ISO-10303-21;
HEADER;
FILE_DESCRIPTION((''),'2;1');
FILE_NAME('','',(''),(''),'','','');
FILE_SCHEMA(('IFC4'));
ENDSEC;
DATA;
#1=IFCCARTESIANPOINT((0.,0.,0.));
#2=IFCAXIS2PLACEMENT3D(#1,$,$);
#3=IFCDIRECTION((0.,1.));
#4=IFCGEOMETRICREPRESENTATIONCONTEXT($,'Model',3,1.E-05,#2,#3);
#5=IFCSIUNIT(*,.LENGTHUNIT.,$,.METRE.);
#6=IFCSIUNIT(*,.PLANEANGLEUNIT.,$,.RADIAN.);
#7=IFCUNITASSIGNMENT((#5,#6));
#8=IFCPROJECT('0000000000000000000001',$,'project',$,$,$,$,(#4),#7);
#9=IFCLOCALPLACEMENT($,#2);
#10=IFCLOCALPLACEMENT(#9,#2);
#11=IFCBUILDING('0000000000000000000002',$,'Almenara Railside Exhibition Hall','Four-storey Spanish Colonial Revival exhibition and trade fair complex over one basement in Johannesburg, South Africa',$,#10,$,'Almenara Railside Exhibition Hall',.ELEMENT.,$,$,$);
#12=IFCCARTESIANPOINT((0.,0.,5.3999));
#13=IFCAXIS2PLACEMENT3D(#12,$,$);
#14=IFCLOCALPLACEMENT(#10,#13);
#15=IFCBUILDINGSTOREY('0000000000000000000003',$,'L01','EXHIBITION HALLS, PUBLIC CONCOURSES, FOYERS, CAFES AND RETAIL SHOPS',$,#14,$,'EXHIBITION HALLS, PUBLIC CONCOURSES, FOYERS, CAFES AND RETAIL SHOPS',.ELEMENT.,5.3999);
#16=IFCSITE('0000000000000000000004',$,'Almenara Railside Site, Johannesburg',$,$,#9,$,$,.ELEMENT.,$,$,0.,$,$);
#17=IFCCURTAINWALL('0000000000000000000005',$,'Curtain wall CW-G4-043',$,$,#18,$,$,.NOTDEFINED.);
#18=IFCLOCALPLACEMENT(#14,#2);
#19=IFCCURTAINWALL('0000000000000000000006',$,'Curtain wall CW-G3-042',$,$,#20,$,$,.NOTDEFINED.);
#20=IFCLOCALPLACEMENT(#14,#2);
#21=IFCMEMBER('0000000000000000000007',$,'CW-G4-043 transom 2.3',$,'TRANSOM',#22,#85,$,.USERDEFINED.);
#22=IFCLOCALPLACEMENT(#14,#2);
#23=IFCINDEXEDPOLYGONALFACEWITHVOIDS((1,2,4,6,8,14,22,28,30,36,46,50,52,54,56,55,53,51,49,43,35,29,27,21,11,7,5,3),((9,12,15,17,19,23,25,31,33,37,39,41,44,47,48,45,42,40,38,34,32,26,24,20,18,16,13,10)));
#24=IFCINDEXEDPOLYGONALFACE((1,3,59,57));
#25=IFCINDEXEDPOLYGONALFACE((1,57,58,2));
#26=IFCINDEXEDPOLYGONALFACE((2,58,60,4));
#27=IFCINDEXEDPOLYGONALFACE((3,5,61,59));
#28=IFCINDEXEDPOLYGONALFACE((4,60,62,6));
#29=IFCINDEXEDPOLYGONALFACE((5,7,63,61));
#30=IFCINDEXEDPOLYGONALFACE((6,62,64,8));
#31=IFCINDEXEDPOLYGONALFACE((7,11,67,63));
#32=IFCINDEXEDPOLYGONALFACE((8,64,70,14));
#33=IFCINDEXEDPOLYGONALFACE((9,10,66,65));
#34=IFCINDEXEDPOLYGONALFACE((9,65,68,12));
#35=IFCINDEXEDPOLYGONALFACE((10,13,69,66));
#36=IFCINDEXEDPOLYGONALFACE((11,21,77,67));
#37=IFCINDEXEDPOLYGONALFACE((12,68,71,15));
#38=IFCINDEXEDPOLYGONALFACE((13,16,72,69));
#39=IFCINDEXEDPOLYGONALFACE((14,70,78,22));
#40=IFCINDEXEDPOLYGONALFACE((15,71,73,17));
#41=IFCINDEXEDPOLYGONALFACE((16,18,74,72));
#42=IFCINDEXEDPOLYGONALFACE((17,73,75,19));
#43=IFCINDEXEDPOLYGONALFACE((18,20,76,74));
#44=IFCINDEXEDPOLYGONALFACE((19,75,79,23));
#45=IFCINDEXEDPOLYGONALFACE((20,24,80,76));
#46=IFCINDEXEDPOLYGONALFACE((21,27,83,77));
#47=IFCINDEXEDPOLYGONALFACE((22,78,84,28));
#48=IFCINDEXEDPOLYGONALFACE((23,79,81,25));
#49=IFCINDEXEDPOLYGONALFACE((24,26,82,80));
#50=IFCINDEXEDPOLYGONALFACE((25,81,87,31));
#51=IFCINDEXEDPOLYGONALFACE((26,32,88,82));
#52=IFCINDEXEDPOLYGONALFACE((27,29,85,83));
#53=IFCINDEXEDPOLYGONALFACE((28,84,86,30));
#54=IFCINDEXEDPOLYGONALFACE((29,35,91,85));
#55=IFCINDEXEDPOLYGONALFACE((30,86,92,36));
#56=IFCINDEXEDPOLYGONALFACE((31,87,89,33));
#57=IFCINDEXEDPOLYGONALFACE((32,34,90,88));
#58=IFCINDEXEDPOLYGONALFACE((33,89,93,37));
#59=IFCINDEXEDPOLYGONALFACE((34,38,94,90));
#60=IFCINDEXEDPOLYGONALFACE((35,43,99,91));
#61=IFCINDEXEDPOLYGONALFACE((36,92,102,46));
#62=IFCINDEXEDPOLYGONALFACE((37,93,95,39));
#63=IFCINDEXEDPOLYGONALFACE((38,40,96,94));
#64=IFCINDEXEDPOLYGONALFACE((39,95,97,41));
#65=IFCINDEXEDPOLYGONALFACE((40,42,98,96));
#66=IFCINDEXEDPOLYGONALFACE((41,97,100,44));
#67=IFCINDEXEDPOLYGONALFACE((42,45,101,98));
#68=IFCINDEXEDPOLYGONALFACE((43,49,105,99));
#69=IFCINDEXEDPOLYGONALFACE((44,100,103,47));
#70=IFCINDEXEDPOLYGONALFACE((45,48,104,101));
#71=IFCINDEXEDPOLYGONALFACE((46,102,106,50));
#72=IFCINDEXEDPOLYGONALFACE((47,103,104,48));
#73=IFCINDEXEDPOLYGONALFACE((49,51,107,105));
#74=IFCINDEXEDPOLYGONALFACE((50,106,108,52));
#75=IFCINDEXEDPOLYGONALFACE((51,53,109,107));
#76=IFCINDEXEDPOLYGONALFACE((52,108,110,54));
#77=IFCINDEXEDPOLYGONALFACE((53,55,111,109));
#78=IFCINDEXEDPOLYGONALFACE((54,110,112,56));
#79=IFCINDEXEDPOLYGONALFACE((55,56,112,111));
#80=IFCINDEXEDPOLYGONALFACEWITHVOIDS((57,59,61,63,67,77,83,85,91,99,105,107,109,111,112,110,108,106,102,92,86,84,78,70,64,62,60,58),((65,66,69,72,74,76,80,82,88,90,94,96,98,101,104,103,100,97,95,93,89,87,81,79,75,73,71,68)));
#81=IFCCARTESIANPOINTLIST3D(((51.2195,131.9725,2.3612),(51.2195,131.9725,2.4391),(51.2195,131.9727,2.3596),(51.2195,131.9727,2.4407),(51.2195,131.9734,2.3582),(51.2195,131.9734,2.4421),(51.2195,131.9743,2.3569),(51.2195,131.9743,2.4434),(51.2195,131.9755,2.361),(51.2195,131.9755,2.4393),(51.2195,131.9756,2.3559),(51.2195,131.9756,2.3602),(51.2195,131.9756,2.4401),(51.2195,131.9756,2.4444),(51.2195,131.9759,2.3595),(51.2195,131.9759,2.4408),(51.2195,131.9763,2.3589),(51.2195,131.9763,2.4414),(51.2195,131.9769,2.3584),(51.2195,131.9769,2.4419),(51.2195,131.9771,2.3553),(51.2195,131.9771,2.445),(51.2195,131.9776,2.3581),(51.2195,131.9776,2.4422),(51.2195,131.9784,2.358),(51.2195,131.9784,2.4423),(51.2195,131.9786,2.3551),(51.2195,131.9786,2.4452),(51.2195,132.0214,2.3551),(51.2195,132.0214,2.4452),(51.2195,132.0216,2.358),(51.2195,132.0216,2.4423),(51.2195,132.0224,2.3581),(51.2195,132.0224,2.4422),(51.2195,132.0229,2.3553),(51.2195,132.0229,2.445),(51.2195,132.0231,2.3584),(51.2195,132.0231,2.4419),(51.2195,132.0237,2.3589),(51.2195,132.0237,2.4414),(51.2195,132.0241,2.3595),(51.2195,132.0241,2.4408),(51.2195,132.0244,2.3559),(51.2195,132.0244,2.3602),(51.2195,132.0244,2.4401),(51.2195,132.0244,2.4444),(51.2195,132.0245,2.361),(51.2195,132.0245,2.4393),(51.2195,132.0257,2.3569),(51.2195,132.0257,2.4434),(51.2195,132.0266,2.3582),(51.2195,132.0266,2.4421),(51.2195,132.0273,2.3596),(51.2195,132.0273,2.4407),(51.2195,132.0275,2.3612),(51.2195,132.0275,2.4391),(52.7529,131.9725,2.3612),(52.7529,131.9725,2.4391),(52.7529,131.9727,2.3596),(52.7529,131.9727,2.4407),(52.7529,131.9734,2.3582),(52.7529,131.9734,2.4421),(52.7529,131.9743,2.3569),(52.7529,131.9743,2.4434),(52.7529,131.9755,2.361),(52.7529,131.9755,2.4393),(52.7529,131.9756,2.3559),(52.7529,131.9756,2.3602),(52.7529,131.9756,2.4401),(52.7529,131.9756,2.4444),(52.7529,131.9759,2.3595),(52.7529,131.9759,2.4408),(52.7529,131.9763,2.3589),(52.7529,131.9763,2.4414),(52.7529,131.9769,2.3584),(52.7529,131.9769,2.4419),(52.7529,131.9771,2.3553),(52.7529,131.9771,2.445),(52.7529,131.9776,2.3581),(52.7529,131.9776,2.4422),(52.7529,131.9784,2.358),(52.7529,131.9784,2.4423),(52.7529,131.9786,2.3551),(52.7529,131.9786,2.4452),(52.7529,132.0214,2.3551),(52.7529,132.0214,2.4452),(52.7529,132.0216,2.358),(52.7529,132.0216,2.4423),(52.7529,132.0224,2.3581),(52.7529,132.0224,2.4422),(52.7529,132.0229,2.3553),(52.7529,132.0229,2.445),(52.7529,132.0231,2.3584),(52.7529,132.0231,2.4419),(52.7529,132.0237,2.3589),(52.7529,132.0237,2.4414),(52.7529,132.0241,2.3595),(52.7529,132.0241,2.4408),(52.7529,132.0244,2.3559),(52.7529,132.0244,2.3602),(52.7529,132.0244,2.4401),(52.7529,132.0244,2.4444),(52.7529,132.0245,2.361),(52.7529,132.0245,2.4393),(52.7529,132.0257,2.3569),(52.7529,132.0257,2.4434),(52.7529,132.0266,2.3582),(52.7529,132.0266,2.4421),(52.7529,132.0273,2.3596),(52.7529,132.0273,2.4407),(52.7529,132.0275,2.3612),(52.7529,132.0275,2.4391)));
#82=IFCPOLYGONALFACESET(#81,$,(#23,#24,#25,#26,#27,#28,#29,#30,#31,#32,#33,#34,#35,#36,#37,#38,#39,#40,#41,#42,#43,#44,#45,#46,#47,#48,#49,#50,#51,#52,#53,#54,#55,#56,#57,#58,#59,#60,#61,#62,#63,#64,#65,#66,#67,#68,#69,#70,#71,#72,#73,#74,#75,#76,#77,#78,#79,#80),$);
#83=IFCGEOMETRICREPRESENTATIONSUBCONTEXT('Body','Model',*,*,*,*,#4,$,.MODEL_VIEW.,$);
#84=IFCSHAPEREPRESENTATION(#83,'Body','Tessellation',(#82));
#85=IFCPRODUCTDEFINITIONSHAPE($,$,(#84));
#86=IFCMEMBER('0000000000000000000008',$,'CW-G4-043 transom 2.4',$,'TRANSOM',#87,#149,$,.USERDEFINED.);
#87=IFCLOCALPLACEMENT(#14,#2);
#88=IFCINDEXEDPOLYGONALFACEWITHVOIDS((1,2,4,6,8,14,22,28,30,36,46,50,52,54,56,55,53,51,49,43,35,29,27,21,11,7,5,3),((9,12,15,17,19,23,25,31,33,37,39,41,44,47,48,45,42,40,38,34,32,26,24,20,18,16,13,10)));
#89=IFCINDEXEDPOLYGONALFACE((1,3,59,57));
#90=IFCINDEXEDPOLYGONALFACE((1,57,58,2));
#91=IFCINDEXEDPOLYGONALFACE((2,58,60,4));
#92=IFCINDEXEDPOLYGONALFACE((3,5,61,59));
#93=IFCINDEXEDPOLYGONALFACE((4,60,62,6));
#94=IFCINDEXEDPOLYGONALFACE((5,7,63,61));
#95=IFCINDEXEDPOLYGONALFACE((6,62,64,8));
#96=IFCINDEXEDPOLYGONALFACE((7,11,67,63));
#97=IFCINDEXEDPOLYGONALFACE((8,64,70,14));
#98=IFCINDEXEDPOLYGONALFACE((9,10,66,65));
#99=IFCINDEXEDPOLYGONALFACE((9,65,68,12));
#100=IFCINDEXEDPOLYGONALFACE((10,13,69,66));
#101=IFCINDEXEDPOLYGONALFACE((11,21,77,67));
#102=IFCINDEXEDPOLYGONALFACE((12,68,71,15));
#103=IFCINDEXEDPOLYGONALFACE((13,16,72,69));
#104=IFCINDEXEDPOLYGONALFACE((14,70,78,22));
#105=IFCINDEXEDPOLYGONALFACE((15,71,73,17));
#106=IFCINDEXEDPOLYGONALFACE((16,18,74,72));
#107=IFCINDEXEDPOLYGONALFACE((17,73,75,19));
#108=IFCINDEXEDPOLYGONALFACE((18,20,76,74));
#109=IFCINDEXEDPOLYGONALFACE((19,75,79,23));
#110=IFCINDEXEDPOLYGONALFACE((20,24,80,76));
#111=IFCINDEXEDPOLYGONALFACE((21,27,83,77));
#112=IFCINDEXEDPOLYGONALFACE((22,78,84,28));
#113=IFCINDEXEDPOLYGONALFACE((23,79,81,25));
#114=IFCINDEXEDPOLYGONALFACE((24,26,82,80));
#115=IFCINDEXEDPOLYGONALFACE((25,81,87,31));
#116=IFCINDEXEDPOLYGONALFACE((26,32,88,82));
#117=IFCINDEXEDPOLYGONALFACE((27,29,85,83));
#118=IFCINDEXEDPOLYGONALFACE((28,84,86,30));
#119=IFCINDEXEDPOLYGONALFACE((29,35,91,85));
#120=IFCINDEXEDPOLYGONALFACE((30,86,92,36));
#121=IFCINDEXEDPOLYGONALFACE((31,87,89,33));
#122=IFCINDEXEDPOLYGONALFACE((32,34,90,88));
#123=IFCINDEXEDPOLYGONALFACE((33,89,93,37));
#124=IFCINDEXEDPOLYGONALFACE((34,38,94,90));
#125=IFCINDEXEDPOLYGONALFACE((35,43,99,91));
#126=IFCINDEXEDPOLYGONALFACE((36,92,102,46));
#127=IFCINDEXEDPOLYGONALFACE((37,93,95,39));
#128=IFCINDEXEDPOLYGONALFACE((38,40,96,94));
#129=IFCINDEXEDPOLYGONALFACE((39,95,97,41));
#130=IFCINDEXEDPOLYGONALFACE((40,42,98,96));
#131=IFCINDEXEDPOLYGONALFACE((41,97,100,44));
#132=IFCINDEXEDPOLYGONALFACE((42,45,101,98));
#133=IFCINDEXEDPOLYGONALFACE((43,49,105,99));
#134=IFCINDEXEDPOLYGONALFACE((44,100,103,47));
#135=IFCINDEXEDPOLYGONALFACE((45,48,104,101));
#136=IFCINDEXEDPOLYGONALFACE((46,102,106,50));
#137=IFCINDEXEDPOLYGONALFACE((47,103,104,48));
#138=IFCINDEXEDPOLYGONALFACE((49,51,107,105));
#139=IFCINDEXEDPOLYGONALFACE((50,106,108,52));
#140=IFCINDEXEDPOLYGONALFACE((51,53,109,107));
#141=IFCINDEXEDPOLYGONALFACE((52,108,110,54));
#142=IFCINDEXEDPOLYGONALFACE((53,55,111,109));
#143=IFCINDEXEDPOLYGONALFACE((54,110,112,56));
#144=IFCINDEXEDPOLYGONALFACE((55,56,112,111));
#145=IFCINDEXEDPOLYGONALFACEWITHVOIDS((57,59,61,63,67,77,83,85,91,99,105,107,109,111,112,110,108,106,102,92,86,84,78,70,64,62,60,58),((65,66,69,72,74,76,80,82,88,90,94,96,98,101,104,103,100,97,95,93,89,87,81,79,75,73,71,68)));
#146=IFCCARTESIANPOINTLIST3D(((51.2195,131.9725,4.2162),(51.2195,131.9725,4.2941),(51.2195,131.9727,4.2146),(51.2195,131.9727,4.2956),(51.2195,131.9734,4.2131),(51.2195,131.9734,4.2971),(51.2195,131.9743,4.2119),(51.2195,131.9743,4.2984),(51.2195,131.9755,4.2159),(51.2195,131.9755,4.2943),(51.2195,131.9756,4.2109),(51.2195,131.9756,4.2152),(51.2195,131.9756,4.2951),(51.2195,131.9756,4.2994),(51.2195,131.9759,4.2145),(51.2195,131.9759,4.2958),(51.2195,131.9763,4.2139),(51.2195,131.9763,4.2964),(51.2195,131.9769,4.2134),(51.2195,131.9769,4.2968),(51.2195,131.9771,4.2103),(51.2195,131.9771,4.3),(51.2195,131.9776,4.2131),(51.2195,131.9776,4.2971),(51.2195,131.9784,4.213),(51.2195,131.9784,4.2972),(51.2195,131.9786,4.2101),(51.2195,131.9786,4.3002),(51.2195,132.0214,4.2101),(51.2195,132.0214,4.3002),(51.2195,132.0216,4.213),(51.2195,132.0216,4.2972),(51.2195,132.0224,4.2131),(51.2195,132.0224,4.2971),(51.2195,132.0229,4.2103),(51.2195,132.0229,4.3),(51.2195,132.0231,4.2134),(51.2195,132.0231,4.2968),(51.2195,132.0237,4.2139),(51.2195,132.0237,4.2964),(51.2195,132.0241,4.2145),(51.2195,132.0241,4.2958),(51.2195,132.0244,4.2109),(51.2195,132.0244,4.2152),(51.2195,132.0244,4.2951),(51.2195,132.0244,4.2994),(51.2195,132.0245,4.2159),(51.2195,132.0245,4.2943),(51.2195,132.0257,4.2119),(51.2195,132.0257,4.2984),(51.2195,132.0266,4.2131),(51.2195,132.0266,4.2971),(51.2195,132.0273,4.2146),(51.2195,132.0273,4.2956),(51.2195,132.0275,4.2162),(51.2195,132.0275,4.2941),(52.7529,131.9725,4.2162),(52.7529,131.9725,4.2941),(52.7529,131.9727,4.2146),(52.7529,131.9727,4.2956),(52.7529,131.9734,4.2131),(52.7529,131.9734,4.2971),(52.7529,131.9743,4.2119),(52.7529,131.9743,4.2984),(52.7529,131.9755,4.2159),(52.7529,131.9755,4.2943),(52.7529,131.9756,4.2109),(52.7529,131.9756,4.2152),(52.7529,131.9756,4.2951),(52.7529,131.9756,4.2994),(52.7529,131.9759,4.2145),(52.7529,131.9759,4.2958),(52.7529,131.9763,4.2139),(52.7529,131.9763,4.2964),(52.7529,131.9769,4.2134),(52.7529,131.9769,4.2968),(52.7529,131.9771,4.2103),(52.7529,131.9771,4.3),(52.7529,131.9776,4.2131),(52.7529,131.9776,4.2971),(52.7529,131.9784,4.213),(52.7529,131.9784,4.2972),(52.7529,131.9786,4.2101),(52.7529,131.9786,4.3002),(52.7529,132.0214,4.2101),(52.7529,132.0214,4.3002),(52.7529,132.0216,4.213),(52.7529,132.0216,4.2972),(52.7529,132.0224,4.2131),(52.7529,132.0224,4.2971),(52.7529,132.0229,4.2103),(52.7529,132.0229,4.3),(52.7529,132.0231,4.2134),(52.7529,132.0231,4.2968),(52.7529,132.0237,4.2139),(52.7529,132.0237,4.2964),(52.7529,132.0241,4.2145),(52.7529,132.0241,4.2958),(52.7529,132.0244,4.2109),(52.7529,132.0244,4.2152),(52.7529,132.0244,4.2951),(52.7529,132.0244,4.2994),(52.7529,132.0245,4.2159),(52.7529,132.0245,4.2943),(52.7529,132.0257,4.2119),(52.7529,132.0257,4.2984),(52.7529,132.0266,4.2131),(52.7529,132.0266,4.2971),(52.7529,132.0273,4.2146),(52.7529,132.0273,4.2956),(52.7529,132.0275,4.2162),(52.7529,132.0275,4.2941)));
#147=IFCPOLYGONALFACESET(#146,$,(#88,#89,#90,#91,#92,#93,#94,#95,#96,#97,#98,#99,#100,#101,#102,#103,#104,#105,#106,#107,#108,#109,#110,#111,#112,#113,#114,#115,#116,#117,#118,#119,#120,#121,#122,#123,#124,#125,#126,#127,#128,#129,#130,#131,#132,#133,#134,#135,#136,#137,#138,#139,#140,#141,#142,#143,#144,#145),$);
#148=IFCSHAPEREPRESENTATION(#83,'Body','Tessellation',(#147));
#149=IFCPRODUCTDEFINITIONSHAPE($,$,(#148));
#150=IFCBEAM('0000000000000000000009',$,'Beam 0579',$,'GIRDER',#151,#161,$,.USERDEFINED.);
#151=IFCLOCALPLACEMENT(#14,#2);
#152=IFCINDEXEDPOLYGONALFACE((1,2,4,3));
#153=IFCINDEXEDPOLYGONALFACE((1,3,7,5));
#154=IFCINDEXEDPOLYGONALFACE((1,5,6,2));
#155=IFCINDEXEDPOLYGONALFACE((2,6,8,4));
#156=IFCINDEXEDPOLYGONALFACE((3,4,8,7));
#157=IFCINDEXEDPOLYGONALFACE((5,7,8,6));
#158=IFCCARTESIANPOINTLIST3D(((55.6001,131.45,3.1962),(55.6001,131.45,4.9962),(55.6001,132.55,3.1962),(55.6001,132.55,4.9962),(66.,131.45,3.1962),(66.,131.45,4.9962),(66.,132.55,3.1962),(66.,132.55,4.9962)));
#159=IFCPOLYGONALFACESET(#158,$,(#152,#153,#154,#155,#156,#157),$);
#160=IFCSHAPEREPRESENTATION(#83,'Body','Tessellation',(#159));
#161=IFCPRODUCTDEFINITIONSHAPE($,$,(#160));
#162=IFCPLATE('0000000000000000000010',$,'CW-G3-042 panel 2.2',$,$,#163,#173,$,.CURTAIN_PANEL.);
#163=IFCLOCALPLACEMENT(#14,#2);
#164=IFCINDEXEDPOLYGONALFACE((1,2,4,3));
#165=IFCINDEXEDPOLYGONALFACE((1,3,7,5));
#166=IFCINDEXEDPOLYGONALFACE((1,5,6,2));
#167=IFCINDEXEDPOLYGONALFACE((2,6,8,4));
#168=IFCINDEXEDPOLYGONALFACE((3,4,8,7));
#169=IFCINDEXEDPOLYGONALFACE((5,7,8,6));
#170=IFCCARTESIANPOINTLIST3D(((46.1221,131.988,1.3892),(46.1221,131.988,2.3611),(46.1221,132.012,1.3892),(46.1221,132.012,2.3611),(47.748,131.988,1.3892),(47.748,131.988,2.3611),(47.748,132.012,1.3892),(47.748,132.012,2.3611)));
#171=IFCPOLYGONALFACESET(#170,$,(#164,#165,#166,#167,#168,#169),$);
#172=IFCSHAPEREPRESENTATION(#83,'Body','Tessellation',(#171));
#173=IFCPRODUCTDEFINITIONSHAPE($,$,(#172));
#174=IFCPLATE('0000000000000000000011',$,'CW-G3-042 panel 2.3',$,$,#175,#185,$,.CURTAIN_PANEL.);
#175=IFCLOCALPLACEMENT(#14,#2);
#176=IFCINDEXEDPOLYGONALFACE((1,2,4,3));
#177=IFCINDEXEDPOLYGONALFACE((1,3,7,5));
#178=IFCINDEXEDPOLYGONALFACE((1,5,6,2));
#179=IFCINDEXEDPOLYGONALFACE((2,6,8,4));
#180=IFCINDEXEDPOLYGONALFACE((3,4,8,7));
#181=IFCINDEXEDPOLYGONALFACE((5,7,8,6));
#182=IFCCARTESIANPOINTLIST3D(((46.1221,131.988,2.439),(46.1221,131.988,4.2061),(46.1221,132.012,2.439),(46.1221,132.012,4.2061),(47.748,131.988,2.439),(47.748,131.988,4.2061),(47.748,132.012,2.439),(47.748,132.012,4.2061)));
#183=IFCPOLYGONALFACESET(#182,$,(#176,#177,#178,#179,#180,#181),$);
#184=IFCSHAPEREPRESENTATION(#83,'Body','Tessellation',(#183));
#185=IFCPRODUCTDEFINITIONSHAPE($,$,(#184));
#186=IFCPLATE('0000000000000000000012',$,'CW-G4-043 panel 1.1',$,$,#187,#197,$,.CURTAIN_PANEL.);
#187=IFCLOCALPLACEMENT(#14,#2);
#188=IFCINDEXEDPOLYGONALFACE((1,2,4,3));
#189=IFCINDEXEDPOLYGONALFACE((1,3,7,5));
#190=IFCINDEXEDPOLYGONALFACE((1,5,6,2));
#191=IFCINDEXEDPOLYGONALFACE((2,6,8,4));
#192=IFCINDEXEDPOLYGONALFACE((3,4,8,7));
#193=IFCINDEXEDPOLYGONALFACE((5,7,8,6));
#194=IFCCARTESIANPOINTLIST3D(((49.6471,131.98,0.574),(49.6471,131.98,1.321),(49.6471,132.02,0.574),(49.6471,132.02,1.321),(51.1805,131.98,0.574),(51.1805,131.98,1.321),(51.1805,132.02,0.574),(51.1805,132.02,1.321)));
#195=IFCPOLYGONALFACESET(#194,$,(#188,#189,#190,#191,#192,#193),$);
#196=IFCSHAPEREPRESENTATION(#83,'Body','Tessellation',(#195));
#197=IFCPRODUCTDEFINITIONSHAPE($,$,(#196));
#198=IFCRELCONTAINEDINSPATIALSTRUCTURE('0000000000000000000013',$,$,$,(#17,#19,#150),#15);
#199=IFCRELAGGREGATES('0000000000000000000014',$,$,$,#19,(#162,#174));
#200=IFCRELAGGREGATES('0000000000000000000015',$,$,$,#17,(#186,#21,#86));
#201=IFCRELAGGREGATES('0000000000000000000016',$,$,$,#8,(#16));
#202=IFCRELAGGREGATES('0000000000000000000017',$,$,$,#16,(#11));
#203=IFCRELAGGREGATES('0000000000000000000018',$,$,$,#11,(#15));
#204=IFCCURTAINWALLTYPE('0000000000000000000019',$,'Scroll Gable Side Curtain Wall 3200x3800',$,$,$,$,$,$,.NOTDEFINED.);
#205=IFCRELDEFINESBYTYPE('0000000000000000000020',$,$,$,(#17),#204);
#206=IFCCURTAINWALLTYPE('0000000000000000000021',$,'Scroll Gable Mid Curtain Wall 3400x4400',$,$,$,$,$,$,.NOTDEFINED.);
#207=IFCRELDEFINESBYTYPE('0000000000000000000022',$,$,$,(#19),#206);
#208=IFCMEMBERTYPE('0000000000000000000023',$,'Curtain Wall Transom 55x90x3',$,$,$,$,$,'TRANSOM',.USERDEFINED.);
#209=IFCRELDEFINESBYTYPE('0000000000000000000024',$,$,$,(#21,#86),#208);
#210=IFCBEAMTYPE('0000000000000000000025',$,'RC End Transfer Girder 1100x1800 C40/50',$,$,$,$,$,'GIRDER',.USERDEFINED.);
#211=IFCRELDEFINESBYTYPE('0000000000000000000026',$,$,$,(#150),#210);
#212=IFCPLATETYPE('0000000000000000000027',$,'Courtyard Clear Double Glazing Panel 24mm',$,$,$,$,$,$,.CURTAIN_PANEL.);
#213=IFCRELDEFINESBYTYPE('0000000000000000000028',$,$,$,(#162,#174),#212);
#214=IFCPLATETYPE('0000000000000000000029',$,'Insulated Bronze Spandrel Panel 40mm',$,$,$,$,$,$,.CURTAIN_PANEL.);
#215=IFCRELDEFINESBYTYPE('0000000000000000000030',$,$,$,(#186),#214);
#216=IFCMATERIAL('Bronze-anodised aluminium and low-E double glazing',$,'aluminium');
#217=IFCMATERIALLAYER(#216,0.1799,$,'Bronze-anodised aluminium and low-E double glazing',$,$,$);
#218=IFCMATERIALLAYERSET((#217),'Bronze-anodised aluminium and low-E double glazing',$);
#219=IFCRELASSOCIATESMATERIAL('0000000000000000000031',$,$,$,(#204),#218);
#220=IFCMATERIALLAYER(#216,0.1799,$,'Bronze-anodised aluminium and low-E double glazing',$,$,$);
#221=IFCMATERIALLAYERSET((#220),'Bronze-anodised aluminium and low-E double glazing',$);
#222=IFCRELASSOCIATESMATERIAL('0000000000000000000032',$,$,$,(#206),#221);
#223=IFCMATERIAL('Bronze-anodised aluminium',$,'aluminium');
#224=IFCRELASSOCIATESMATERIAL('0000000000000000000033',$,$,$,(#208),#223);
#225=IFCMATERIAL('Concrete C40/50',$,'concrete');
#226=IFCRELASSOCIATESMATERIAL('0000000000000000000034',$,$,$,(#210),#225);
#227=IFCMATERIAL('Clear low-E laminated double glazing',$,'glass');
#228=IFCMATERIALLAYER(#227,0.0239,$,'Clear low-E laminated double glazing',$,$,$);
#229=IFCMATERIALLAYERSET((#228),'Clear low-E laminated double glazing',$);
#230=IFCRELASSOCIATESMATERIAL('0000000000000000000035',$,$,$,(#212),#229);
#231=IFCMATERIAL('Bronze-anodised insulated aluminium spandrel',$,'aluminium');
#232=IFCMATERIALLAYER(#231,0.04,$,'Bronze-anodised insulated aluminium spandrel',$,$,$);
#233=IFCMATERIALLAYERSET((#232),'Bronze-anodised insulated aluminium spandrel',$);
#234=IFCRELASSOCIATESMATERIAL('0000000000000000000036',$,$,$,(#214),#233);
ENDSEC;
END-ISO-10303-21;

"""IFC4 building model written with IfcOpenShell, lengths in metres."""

from ifc_helpers import new_model, si_unit, direction, frame, origin, origin_2d, place, context, subcontext, project, spatial, rectangle, hollow_rectangle, extrude, material, layer, layer_set, material_profile, profile_set, type_object, element, aggregate, save


model = new_model("IFC4")

# Units and contexts
model_context = context("Model", 3, precision=1e-05, world=origin(), true_north=direction((0.0, 1.0)))
body_context = subcontext(model_context, "Body", "Model", "MODEL_VIEW")
ifc_project = project(units=[si_unit("LENGTHUNIT", "METRE"), si_unit("PLANEANGLEUNIT", "RADIAN")], contexts=[model_context])

# Site, building, storey
site_placement = place(None, origin())
site = spatial("IfcSite", under=ifc_project, at=site_placement, Name="Almenara Railside Site, Johannesburg", CompositionType="ELEMENT", RefElevation=0.0)
building_placement = place(site_placement, origin())
building = spatial("IfcBuilding", under=site, at=building_placement, Name="Almenara Railside Exhibition Hall", Description="Four-storey Spanish Colonial Revival exhibition and trade fair complex over one basement in Johannesburg, South Africa", LongName="Almenara Railside Exhibition Hall", CompositionType="ELEMENT")
storey_placement = place(building_placement, frame((0.0, 0.0, 5.3999)))
storey = spatial("IfcBuildingStorey", under=building, at=storey_placement, Name="L01", Description="EXHIBITION HALLS, PUBLIC CONCOURSES, FOYERS, CAFES AND RETAIL SHOPS", LongName="EXHIBITION HALLS, PUBLIC CONCOURSES, FOYERS, CAFES AND RETAIL SHOPS", CompositionType="ELEMENT", Elevation=5.3999)

# Shared definitions
ifc_material_1 = material(Name="Concrete C40/50", Category="concrete")

# Curtain wall
ifc_material_2 = material(Name="Bronze-anodised aluminium and low-E double glazing", Category="aluminium")
ifc_layer_1 = layer(ifc_material_2, 0.1799, Name="Bronze-anodised aluminium and low-E double glazing")
ifc_layer_set_1 = layer_set([ifc_layer_1], Name="Bronze-anodised aluminium and low-E double glazing")
curtain_wall_type_1 = type_object("IfcCurtainWallType", Name="Scroll Gable Side Curtain Wall 3200x3800", PredefinedType="NOTDEFINED", material=ifc_layer_set_1)
curtain_wall_1_placement = place(storey_placement, origin())
curtain_wall_1 = element("IfcCurtainWall", 1, at=curtain_wall_1_placement, inside=storey, type_object=curtain_wall_type_1, Name="Curtain wall CW-G4-043", PredefinedType="NOTDEFINED")
ifc_material_3 = material(Name="Bronze-anodised aluminium", Category="aluminium")

# Curtain wall
ifc_layer_2 = layer(ifc_material_2, 0.1799, Name="Bronze-anodised aluminium and low-E double glazing")
ifc_layer_set_2 = layer_set([ifc_layer_2], Name="Bronze-anodised aluminium and low-E double glazing")
curtain_wall_type_2 = type_object("IfcCurtainWallType", Name="Scroll Gable Mid Curtain Wall 3400x4400", PredefinedType="NOTDEFINED", material=ifc_layer_set_2)
curtain_wall_2_placement = place(storey_placement, origin())
curtain_wall_2 = element("IfcCurtainWall", 2, at=curtain_wall_2_placement, inside=storey, type_object=curtain_wall_type_2, Name="Curtain wall CW-G3-042", PredefinedType="NOTDEFINED")

# Members
ifc_material_profile_1 = material_profile(ifc_material_3, hollow_rectangle(XDim=0.0549, YDim=0.0901, WallThickness=0.0029, InnerFilletRadius=0.0029, OuterFilletRadius=0.0061, at=origin_2d()), Name="ALU-TRN 55x90x3")
ifc_profile_set_1 = profile_set([ifc_material_profile_1], Name="Bronze-anodised aluminium")
member_type_1 = type_object("IfcMemberType", Name="Curtain Wall Transom 55x90x3", ElementType="TRANSOM", PredefinedType="USERDEFINED", material=ifc_profile_set_1)
member_1_placement = place(storey_placement, frame((51.2195, 132.0, 2.4001), z_axis=(1.0, 0.0, 0.0), x_axis=(0.0, 1.0, 0.0)))
member_1 = element("IfcMember", 3, at=member_1_placement, type_object=member_type_1, Name="CW-G4-043 transom 2.3", ObjectType="TRANSOM", PredefinedType="USERDEFINED", context=body_context, shape_type="SweptSolid", body=[
    extrude(hollow_rectangle(XDim=0.0549, YDim=0.0901, WallThickness=0.0029, InnerFilletRadius=0.0029, OuterFilletRadius=0.0061, at=origin_2d()), origin(), (0.0, 0.0, 1.0), 1.5334),
])
member_2_placement = place(storey_placement, frame((51.2195, 132.0, 4.2551), z_axis=(1.0, 0.0, 0.0), x_axis=(0.0, 1.0, 0.0)))
member_2 = element("IfcMember", 4, at=member_2_placement, type_object=member_type_1, Name="CW-G4-043 transom 2.4", ObjectType="TRANSOM", PredefinedType="USERDEFINED", context=body_context, shape_type="SweptSolid", body=[
    extrude(hollow_rectangle(XDim=0.0549, YDim=0.0901, WallThickness=0.0029, InnerFilletRadius=0.0029, OuterFilletRadius=0.0061, at=origin_2d()), origin(), (0.0, 0.0, 1.0), 1.5334),
])

# Beam
ifc_material_profile_2 = material_profile(ifc_material_1, rectangle(XDim=1.1001, YDim=1.8, at=origin_2d()), Name="RC 1100x1800")
ifc_profile_set_2 = profile_set([ifc_material_profile_2], Name="Concrete C40/50")
beam_type = type_object("IfcBeamType", Name="RC End Transfer Girder 1100x1800 C40/50", ElementType="GIRDER", PredefinedType="USERDEFINED", material=ifc_profile_set_2)
beam_placement = place(storey_placement, frame((55.6001, 132.0, 4.0962), z_axis=(1.0, 0.0, 0.0), x_axis=(0.0, 1.0, 0.0)))
element("IfcBeam", 5, at=beam_placement, inside=storey, type_object=beam_type, Name="Beam 0579", ObjectType="GIRDER", PredefinedType="USERDEFINED", context=body_context, shape_type="SweptSolid", body=[
    extrude(rectangle(XDim=1.1001, YDim=1.8, at=origin_2d()), origin(), (0.0, 0.0, 1.0), 10.3999),
])

# Plates
ifc_material_4 = material(Name="Clear low-E laminated double glazing", Category="glass")
ifc_layer_3 = layer(ifc_material_4, 0.0239, Name="Clear low-E laminated double glazing")
ifc_layer_set_3 = layer_set([ifc_layer_3], Name="Clear low-E laminated double glazing")
plate_type_1 = type_object("IfcPlateType", Name="Courtyard Clear Double Glazing Panel 24mm", PredefinedType="CURTAIN_PANEL", material=ifc_layer_set_3)
plate_1_placement = place(storey_placement, frame((46.9351, 132.0, 1.3892), z_axis=(0.0, 0.0, 1.0), x_axis=(1.0, 0.0, 0.0)))
plate_1 = element("IfcPlate", 6, at=plate_1_placement, type_object=plate_type_1, Name="CW-G3-042 panel 2.2", PredefinedType="CURTAIN_PANEL", context=body_context, shape_type="SweptSolid", body=[
    extrude(rectangle(XDim=1.626, YDim=0.0239, at=origin_2d()), origin(), (0.0, 0.0, 1.0), 0.9719),
])
plate_2_placement = place(storey_placement, frame((46.9351, 132.0, 2.439), z_axis=(0.0, 0.0, 1.0), x_axis=(1.0, 0.0, 0.0)))
plate_2 = element("IfcPlate", 7, at=plate_2_placement, type_object=plate_type_1, Name="CW-G3-042 panel 2.3", PredefinedType="CURTAIN_PANEL", context=body_context, shape_type="SweptSolid", body=[
    extrude(rectangle(XDim=1.626, YDim=0.0239, at=origin_2d()), origin(), (0.0, 0.0, 1.0), 1.7671),
])
aggregate(curtain_wall_2, [plate_1, plate_2])
ifc_material_5 = material(Name="Bronze-anodised insulated aluminium spandrel", Category="aluminium")
ifc_layer_4 = layer(ifc_material_5, 0.04, Name="Bronze-anodised insulated aluminium spandrel")
ifc_layer_set_4 = layer_set([ifc_layer_4], Name="Bronze-anodised insulated aluminium spandrel")
plate_type_2 = type_object("IfcPlateType", Name="Insulated Bronze Spandrel Panel 40mm", PredefinedType="CURTAIN_PANEL", material=ifc_layer_set_4)
plate_3_placement = place(storey_placement, frame((50.4138, 132.0, 0.574), z_axis=(0.0, 0.0, 1.0), x_axis=(1.0, 0.0, 0.0)))
plate_3 = element("IfcPlate", 8, at=plate_3_placement, type_object=plate_type_2, Name="CW-G4-043 panel 1.1", PredefinedType="CURTAIN_PANEL", context=body_context, shape_type="SweptSolid", body=[
    extrude(rectangle(XDim=1.5334, YDim=0.04, at=origin_2d()), origin(), (0.0, 0.0, 1.0), 0.7471),
])
aggregate(curtain_wall_1, [plate_3, member_1, member_2])

save(model, "model.ifc")
